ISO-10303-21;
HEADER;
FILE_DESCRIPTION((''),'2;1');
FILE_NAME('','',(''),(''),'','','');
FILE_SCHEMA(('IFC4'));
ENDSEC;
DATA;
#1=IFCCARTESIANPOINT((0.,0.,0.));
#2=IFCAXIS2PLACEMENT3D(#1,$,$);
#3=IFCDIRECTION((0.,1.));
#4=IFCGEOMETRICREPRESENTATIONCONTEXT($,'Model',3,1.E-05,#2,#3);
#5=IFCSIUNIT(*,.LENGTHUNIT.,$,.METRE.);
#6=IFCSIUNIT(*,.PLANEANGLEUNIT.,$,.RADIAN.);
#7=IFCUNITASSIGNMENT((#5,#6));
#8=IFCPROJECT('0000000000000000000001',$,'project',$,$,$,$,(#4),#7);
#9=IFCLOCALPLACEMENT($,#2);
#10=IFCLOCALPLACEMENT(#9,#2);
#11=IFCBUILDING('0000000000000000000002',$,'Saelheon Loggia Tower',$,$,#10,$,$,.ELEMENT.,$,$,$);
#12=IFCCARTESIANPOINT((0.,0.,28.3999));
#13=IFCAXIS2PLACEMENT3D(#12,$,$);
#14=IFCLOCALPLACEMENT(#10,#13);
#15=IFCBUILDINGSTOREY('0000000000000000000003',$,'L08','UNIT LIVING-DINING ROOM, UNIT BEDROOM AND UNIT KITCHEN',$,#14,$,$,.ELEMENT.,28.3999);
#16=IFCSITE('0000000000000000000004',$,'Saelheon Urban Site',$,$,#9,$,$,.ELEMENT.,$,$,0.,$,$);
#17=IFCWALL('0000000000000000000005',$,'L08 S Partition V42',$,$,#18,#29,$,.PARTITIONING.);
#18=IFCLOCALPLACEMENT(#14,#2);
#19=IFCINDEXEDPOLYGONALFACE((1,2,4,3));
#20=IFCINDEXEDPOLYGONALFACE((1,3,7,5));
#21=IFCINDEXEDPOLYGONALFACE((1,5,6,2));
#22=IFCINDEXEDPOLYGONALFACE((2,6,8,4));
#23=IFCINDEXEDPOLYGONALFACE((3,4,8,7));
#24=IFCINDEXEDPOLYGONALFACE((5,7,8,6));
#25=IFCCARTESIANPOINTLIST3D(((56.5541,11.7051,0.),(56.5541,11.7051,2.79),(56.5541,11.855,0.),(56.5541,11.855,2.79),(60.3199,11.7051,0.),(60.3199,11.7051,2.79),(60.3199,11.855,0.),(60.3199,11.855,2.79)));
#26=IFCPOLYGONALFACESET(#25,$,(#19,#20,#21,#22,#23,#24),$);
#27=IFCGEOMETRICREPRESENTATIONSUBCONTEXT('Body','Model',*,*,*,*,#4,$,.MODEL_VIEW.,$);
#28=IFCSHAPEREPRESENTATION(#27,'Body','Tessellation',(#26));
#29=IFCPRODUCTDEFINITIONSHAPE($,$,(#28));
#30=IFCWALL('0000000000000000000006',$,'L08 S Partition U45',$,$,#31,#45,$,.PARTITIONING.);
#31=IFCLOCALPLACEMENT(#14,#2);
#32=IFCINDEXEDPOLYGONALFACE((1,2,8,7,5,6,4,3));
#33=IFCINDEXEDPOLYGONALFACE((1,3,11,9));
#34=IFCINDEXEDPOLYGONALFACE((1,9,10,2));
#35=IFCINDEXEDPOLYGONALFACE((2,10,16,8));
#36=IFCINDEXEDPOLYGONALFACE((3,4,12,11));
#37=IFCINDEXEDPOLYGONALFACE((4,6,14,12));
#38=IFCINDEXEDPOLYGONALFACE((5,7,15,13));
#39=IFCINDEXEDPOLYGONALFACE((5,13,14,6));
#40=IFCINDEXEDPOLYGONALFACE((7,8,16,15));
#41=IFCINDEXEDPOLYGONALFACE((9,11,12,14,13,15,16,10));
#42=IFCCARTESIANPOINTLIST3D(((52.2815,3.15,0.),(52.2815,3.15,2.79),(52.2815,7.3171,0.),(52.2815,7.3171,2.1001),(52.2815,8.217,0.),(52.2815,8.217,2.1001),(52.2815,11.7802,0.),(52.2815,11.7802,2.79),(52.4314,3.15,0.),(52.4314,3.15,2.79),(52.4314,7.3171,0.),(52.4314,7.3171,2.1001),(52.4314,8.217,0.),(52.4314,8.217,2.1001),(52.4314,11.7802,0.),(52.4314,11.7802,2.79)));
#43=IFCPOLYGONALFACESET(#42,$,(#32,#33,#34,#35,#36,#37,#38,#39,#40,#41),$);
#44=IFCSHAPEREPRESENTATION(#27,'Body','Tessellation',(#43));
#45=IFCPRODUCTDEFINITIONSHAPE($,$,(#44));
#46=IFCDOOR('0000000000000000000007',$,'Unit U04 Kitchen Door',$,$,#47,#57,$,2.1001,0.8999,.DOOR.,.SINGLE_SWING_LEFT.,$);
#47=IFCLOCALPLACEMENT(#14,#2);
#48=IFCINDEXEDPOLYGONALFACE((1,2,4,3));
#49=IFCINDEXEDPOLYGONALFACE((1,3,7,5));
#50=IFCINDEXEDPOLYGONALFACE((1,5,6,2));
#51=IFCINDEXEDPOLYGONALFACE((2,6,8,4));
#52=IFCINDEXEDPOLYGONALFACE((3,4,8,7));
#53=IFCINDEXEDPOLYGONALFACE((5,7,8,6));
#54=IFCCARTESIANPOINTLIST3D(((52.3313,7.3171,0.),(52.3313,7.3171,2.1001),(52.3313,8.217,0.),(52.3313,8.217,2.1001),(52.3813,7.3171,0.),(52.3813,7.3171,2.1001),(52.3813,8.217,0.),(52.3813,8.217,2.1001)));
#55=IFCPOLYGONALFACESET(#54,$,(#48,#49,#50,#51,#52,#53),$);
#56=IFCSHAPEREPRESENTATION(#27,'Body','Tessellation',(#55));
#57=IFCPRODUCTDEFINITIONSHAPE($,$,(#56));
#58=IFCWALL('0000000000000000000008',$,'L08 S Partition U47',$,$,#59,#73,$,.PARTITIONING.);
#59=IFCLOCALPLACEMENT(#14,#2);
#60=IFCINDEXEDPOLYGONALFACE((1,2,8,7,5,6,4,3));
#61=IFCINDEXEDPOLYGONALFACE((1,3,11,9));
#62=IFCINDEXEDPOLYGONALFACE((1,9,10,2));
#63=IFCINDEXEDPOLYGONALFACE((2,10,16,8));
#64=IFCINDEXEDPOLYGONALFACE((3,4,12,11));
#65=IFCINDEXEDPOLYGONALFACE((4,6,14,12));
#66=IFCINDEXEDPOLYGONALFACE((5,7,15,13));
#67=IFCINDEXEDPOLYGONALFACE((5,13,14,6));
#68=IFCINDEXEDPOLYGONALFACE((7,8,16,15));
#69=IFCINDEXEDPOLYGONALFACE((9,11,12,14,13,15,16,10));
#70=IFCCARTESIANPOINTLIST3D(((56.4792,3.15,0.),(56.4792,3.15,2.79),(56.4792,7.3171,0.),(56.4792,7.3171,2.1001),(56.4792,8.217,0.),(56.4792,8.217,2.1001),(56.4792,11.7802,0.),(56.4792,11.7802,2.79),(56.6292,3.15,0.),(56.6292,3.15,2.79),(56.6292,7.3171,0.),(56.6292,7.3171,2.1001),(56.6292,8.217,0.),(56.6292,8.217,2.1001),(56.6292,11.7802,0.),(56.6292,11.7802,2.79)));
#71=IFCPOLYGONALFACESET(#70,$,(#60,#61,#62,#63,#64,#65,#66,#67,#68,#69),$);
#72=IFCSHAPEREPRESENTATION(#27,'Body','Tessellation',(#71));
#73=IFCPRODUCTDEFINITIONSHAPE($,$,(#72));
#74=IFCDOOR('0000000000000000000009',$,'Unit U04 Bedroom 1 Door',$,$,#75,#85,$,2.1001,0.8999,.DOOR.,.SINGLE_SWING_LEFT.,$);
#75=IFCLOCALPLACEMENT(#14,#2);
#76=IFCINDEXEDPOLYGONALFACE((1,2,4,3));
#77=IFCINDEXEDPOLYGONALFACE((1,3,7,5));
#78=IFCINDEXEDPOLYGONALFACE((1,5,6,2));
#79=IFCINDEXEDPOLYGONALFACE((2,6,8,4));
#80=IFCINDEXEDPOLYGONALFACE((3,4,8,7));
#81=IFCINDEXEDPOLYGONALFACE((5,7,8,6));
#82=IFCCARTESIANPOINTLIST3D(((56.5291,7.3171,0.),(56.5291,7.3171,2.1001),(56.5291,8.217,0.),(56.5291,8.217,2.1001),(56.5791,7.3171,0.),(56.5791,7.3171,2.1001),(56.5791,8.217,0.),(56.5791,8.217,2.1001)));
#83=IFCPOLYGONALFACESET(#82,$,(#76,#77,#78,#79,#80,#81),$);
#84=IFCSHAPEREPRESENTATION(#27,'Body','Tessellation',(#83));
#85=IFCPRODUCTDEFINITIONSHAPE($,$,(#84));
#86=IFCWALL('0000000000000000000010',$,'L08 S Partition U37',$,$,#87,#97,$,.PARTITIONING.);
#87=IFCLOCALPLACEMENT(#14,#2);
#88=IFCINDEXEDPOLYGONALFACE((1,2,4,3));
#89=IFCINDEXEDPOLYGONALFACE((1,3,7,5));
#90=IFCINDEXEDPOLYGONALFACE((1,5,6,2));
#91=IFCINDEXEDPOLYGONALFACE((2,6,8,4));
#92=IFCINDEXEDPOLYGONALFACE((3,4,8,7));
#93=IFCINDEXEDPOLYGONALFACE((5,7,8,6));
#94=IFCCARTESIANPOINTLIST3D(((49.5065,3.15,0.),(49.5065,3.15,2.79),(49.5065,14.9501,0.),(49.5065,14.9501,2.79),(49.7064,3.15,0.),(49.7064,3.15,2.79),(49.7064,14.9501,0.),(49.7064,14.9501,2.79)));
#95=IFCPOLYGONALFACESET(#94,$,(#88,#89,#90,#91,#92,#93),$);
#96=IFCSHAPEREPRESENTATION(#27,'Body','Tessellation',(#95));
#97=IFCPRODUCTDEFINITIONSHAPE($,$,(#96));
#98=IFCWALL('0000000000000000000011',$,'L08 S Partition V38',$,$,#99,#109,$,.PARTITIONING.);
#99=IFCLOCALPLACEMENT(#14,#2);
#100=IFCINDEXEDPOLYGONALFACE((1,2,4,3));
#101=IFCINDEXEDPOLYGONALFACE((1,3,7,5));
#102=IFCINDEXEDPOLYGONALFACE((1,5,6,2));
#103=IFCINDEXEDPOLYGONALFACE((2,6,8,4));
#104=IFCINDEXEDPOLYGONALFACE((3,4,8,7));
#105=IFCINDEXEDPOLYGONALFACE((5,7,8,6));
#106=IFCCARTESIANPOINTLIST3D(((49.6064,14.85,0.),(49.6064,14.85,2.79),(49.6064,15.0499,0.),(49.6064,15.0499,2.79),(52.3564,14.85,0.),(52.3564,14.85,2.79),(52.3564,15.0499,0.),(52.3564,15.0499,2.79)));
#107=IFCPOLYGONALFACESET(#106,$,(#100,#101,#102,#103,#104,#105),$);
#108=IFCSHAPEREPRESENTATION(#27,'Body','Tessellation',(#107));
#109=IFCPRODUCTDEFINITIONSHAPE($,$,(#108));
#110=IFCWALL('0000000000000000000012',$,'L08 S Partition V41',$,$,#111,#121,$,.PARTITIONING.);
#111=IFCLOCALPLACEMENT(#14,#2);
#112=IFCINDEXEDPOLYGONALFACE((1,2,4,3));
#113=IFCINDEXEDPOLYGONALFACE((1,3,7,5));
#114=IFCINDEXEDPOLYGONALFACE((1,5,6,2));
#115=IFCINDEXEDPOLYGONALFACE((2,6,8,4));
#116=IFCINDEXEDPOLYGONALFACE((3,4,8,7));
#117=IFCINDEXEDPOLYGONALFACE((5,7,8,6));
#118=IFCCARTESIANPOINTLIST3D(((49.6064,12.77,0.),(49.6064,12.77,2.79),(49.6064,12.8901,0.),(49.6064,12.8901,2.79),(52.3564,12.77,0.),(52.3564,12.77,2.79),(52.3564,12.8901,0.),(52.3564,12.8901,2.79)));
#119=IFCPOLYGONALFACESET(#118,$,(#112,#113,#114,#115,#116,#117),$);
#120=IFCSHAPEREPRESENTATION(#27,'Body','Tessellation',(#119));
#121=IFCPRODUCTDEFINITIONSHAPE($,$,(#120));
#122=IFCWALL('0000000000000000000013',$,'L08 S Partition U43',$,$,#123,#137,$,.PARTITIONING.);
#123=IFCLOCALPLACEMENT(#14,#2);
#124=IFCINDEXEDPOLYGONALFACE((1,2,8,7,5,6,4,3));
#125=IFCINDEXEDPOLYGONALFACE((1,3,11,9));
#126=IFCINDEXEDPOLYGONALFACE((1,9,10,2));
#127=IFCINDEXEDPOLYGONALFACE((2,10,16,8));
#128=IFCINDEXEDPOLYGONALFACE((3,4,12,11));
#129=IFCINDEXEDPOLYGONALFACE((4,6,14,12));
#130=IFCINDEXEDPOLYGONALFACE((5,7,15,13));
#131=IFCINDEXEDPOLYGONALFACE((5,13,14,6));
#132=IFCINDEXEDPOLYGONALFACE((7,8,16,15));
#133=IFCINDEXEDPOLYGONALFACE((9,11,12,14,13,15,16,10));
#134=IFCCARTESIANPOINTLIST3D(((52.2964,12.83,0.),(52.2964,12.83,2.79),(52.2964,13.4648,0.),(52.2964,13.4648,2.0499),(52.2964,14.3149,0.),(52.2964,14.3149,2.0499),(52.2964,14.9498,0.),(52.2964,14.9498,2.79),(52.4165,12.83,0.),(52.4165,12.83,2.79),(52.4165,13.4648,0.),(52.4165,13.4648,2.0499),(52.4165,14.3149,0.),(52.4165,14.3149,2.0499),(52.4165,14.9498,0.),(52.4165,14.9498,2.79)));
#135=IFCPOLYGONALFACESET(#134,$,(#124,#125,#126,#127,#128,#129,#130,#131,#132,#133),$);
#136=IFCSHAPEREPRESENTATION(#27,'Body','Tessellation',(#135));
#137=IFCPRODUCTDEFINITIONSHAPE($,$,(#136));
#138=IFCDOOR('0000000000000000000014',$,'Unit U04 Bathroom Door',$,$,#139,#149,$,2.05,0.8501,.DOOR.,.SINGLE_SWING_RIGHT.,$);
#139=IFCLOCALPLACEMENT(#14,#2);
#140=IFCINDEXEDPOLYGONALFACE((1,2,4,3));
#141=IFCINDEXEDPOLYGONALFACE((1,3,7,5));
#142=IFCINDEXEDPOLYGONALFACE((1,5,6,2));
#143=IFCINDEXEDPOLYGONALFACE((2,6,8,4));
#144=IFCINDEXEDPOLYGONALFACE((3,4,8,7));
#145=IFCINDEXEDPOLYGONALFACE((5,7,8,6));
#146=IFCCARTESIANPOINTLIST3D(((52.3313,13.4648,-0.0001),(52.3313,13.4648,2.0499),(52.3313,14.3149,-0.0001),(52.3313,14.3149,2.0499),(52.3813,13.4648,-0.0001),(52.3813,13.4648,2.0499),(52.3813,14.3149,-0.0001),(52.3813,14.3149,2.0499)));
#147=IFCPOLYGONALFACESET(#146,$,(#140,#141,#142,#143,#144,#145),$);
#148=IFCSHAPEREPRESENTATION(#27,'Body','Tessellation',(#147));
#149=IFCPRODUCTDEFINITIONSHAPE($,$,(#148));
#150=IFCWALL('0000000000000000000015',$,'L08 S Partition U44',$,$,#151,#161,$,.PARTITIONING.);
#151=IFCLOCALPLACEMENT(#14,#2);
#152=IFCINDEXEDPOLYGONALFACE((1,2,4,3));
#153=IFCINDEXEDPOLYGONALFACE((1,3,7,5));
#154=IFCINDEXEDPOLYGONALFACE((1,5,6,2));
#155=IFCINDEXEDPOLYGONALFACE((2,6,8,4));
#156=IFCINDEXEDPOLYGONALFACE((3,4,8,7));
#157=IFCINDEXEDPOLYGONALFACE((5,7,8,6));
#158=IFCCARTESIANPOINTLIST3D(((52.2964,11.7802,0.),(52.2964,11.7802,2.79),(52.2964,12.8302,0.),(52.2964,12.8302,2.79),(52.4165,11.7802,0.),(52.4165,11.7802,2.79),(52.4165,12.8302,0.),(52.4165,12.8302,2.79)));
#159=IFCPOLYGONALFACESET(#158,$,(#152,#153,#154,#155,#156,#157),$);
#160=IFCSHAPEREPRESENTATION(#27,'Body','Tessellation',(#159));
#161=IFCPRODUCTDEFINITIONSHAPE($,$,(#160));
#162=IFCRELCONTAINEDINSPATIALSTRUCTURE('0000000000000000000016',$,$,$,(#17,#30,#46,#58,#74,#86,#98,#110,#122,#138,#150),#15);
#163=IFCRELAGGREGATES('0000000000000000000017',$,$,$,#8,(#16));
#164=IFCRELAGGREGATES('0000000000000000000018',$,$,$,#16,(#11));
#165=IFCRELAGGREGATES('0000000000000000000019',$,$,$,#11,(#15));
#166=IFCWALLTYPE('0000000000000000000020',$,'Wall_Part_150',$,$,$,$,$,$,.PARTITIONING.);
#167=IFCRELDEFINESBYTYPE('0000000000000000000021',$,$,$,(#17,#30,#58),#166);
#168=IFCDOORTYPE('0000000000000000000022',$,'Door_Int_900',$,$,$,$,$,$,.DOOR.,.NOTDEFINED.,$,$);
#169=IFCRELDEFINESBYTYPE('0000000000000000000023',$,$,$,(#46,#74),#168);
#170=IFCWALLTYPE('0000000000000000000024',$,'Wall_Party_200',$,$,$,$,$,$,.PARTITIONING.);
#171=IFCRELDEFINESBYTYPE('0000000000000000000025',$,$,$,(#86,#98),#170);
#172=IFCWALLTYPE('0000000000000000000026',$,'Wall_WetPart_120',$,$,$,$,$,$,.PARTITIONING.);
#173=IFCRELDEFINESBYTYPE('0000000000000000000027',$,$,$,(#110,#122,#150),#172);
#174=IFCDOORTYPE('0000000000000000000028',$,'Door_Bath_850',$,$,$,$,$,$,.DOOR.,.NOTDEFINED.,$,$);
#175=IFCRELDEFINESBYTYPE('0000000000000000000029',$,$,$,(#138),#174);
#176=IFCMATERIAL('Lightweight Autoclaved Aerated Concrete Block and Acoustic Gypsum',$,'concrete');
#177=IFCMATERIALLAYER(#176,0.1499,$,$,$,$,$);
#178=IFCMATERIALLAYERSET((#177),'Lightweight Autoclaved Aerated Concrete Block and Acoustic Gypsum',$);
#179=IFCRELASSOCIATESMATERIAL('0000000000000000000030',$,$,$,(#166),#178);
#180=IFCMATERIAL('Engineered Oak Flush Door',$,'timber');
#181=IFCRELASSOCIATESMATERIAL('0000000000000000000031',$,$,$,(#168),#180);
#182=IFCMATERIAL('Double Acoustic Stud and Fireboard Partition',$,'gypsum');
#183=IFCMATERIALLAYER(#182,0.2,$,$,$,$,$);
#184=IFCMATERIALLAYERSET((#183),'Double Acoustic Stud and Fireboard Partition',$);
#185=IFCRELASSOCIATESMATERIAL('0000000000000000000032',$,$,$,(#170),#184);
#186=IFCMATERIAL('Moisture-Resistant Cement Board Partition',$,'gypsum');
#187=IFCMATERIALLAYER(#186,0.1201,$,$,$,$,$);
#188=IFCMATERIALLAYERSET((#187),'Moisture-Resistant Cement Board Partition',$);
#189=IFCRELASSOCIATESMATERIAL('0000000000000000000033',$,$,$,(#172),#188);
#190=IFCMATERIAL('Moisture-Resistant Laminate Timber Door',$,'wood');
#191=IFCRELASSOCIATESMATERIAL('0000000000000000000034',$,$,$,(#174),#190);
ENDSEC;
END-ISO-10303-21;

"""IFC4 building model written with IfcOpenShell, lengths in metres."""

from ifc_helpers import new_model, si_unit, direction, frame, frame_2d, origin, place, context, subcontext, project, spatial, rectangle, extrude, source, transform, mapped, material, layer, layer_set, type_object, element, fill, save


model = new_model("IFC4")

# Units and contexts
model_context = context("Model", 3, precision=1e-05, world=origin(), true_north=direction((0.0, 1.0)))
body_context = subcontext(model_context, "Body", "Model", "MODEL_VIEW")
ifc_project = project(units=[si_unit("LENGTHUNIT", "METRE"), si_unit("PLANEANGLEUNIT", "RADIAN")], contexts=[model_context])

# Site, building, storey
site_placement = place(None, origin())
site = spatial("IfcSite", under=ifc_project, at=site_placement, Name="Saelheon Urban Site", CompositionType="ELEMENT", RefElevation=0.0)
building_placement = place(site_placement, origin())
building = spatial("IfcBuilding", under=site, at=building_placement, Name="Saelheon Loggia Tower", CompositionType="ELEMENT")
storey_placement = place(building_placement, frame((0.0, 0.0, 28.3999)))
storey = spatial("IfcBuildingStorey", under=building, at=storey_placement, Name="L08", Description="UNIT LIVING-DINING ROOM, UNIT BEDROOM AND UNIT KITCHEN", CompositionType="ELEMENT", Elevation=28.3999)

# Wall
ifc_material_1 = material(Name="Lightweight Autoclaved Aerated Concrete Block and Acoustic Gypsum", Category="concrete")
ifc_layer_1 = layer(ifc_material_1, 0.1499)
ifc_layer_set_1 = layer_set([ifc_layer_1], Name="Lightweight Autoclaved Aerated Concrete Block and Acoustic Gypsum")
wall_type_1 = type_object("IfcWallType", Name="Wall_Part_150", PredefinedType="PARTITIONING", material=ifc_layer_set_1)
wall_1_placement = place(storey_placement, frame((56.5542, 11.78, 0.0), z_axis=(0.0, 0.0, 1.0), x_axis=(1.0, 0.0, 0.0)))
element("IfcWall", 1, at=wall_1_placement, inside=storey, type_object=wall_type_1, Name="L08 S Partition V42", PredefinedType="PARTITIONING", context=body_context, shape_type="SweptSolid", body=[
    extrude(rectangle(XDim=3.7659, YDim=0.1499, at=frame_2d((1.8828, 0.0))), origin(), (0.0, 0.0, 1.0), 2.79),
])

# Walls, openings, doors
wall_2_placement = place(storey_placement, frame((52.3564, 11.78, 0.0), z_axis=(0.0, 0.0, 1.0), x_axis=(0.0, -1.0, 0.0)))
wall_2 = element("IfcWall", 2, at=wall_2_placement, inside=storey, type_object=wall_type_1, Name="L08 S Partition U45", PredefinedType="PARTITIONING", context=body_context, shape_type="SweptSolid", body=[
    extrude(rectangle(XDim=8.6301, YDim=0.1499, at=frame_2d((4.3149, 0.0))), origin(), (0.0, 0.0, 1.0), 2.79),
])
opening_1_placement = place(wall_2_placement, frame((3.563, 0.0, 0.0)))
opening_1 = element("IfcOpeningElement", 3, at=opening_1_placement, cuts=wall_2, PredefinedType="OPENING", context=body_context, shape_type="SweptSolid", body=[
    extrude(rectangle(XDim=0.8999, YDim=2.1001, at=frame_2d((0.45, 1.05))), frame((0.0, 0.0869, 0.0), z_axis=(0.0, -1.0, 0.0), x_axis=(1.0, 0.0, 0.0)), (0.0, 0.0, 1.0), 0.1738),
])
ifc_material_2 = material(Name="Engineered Oak Flush Door", Category="timber")
door_type_1 = type_object("IfcDoorType", Name="Door_Int_900", OperationType="NOTDEFINED", PredefinedType="DOOR", material=ifc_material_2)
shared_shape_1 = source(origin(), body_context, "Body", "SweptSolid", [
    extrude(rectangle(XDim=0.8999, YDim=2.1001, at=frame_2d((0.45, 1.05))), frame((0.0, 0.0249, 0.0), z_axis=(0.0, -1.0, 0.0), x_axis=(1.0, 0.0, 0.0)), (0.0, 0.0, 1.0), 0.05),
])
door_1_placement = place(opening_1_placement, origin())
door_1 = element("IfcDoor", 4, at=door_1_placement, inside=storey, type_object=door_type_1, Name="Unit U04 Kitchen Door", OperationType="SINGLE_SWING_LEFT", OverallHeight=2.1001, OverallWidth=0.8999, PredefinedType="DOOR", context=body_context, shape_type="MappedRepresentation", body=[
    mapped(shared_shape_1, transform((0.0, 0.0, 0.0), scale=1.0)),
])
fill(opening_1, door_1)
wall_3_placement = place(storey_placement, frame((56.5542, 11.78, 0.0), z_axis=(0.0, 0.0, 1.0), x_axis=(0.0, -1.0, 0.0)))
wall_3 = element("IfcWall", 5, at=wall_3_placement, inside=storey, type_object=wall_type_1, Name="L08 S Partition U47", PredefinedType="PARTITIONING", context=body_context, shape_type="SweptSolid", body=[
    extrude(rectangle(XDim=8.6301, YDim=0.1499, at=frame_2d((4.3149, 0.0))), origin(), (0.0, 0.0, 1.0), 2.79),
])
opening_2_placement = place(wall_3_placement, frame((3.563, 0.0, 0.0)))
opening_2 = element("IfcOpeningElement", 6, at=opening_2_placement, cuts=wall_3, PredefinedType="OPENING", context=body_context, shape_type="SweptSolid", body=[
    extrude(rectangle(XDim=0.8999, YDim=2.1001, at=frame_2d((0.45, 1.05))), frame((0.0, 0.0869, 0.0), z_axis=(0.0, -1.0, 0.0), x_axis=(1.0, 0.0, 0.0)), (0.0, 0.0, 1.0), 0.1738),
])
door_2_placement = place(opening_2_placement, origin())
door_2 = element("IfcDoor", 7, at=door_2_placement, inside=storey, type_object=door_type_1, Name="Unit U04 Bedroom 1 Door", OperationType="SINGLE_SWING_LEFT", OverallHeight=2.1001, OverallWidth=0.8999, PredefinedType="DOOR", context=body_context, shape_type="MappedRepresentation", body=[
    mapped(shared_shape_1, transform((0.0, 0.0, 0.0), scale=1.0)),
])
fill(opening_2, door_2)

# Walls
ifc_material_3 = material(Name="Double Acoustic Stud and Fireboard Partition", Category="gypsum")
ifc_layer_2 = layer(ifc_material_3, 0.2)
ifc_layer_set_2 = layer_set([ifc_layer_2], Name="Double Acoustic Stud and Fireboard Partition")
wall_type_2 = type_object("IfcWallType", Name="Wall_Party_200", PredefinedType="PARTITIONING", material=ifc_layer_set_2)
wall_4_placement = place(storey_placement, frame((49.6064, 14.95, 0.0), z_axis=(0.0, 0.0, 1.0), x_axis=(0.0, -1.0, 0.0)))
element("IfcWall", 8, at=wall_4_placement, inside=storey, type_object=wall_type_2, Name="L08 S Partition U37", PredefinedType="PARTITIONING", context=body_context, shape_type="SweptSolid", body=[
    extrude(rectangle(XDim=11.8, YDim=0.2, at=frame_2d((5.8999, 0.0))), origin(), (0.0, 0.0, 1.0), 2.79),
])
wall_5_placement = place(storey_placement, frame((49.6064, 14.95, 0.0), z_axis=(0.0, 0.0, 1.0), x_axis=(1.0, 0.0, 0.0)))
element("IfcWall", 9, at=wall_5_placement, inside=storey, type_object=wall_type_2, Name="L08 S Partition V38", PredefinedType="PARTITIONING", context=body_context, shape_type="SweptSolid", body=[
    extrude(rectangle(XDim=2.75, YDim=0.2, at=frame_2d((1.375, 0.0))), origin(), (0.0, 0.0, 1.0), 2.79),
])

# Wall
ifc_material_4 = material(Name="Moisture-Resistant Cement Board Partition", Category="gypsum")
ifc_layer_3 = layer(ifc_material_4, 0.1201)
ifc_layer_set_3 = layer_set([ifc_layer_3], Name="Moisture-Resistant Cement Board Partition")
wall_type_3 = type_object("IfcWallType", Name="Wall_WetPart_120", PredefinedType="PARTITIONING", material=ifc_layer_set_3)
wall_6_placement = place(storey_placement, frame((49.6064, 12.8301, 0.0), z_axis=(0.0, 0.0, 1.0), x_axis=(1.0, 0.0, 0.0)))
element("IfcWall", 10, at=wall_6_placement, inside=storey, type_object=wall_type_3, Name="L08 S Partition V41", PredefinedType="PARTITIONING", context=body_context, shape_type="SweptSolid", body=[
    extrude(rectangle(XDim=2.75, YDim=0.1201, at=frame_2d((1.375, 0.0))), origin(), (0.0, 0.0, 1.0), 2.79),
])

# Wall, opening, door
wall_7_placement = place(storey_placement, frame((52.3564, 14.95, 0.0), z_axis=(0.0, 0.0, 1.0), x_axis=(0.0, -1.0, 0.0)))
wall_7 = element("IfcWall", 11, at=wall_7_placement, inside=storey, type_object=wall_type_3, Name="L08 S Partition U43", PredefinedType="PARTITIONING", context=body_context, shape_type="SweptSolid", body=[
    extrude(rectangle(XDim=2.1199, YDim=0.1201, at=frame_2d((1.0601, 0.0))), origin(), (0.0, 0.0, 1.0), 2.79),
])
opening_3_placement = place(wall_7_placement, frame((0.635, 0.0, 0.0)))
opening_3 = element("IfcOpeningElement", 12, at=opening_3_placement, cuts=wall_7, PredefinedType="OPENING", context=body_context, shape_type="SweptSolid", body=[
    extrude(rectangle(XDim=0.8501, YDim=2.05, at=frame_2d((0.425, 1.0249))), frame((0.0, 0.072, 0.0), z_axis=(0.0, -1.0, 0.0), x_axis=(1.0, 0.0, 0.0)), (0.0, 0.0, 1.0), 0.144),
])
ifc_material_5 = material(Name="Moisture-Resistant Laminate Timber Door", Category="wood")
door_type_2 = type_object("IfcDoorType", Name="Door_Bath_850", OperationType="NOTDEFINED", PredefinedType="DOOR", material=ifc_material_5)
shared_shape_2 = source(origin(), body_context, "Body", "SweptSolid", [
    extrude(rectangle(XDim=0.8501, YDim=2.05, at=frame_2d((0.425, 1.0249))), frame((0.0, 0.0249, 0.0), z_axis=(0.0, -1.0, 0.0), x_axis=(1.0, 0.0, 0.0)), (0.0, 0.0, 1.0), 0.05),
])
door_3_placement = place(opening_3_placement, origin())
door_3 = element("IfcDoor", 13, at=door_3_placement, inside=storey, type_object=door_type_2, Name="Unit U04 Bathroom Door", OperationType="SINGLE_SWING_RIGHT", OverallHeight=2.05, OverallWidth=0.8501, PredefinedType="DOOR", context=body_context, shape_type="MappedRepresentation", body=[
    mapped(shared_shape_2, transform((0.0, 0.0, 0.0), scale=1.0)),
])
fill(opening_3, door_3)

# Wall
wall_8_placement = place(storey_placement, frame((52.3564, 12.8301, 0.0), z_axis=(0.0, 0.0, 1.0), x_axis=(0.0, -1.0, 0.0)))
element("IfcWall", 14, at=wall_8_placement, inside=storey, type_object=wall_type_3, Name="L08 S Partition U44", PredefinedType="PARTITIONING", context=body_context, shape_type="SweptSolid", body=[
    extrude(rectangle(XDim=1.05, YDim=0.1201, at=frame_2d((0.5249, 0.0))), origin(), (0.0, 0.0, 1.0), 2.79),
])

save(model, "model.ifc")
